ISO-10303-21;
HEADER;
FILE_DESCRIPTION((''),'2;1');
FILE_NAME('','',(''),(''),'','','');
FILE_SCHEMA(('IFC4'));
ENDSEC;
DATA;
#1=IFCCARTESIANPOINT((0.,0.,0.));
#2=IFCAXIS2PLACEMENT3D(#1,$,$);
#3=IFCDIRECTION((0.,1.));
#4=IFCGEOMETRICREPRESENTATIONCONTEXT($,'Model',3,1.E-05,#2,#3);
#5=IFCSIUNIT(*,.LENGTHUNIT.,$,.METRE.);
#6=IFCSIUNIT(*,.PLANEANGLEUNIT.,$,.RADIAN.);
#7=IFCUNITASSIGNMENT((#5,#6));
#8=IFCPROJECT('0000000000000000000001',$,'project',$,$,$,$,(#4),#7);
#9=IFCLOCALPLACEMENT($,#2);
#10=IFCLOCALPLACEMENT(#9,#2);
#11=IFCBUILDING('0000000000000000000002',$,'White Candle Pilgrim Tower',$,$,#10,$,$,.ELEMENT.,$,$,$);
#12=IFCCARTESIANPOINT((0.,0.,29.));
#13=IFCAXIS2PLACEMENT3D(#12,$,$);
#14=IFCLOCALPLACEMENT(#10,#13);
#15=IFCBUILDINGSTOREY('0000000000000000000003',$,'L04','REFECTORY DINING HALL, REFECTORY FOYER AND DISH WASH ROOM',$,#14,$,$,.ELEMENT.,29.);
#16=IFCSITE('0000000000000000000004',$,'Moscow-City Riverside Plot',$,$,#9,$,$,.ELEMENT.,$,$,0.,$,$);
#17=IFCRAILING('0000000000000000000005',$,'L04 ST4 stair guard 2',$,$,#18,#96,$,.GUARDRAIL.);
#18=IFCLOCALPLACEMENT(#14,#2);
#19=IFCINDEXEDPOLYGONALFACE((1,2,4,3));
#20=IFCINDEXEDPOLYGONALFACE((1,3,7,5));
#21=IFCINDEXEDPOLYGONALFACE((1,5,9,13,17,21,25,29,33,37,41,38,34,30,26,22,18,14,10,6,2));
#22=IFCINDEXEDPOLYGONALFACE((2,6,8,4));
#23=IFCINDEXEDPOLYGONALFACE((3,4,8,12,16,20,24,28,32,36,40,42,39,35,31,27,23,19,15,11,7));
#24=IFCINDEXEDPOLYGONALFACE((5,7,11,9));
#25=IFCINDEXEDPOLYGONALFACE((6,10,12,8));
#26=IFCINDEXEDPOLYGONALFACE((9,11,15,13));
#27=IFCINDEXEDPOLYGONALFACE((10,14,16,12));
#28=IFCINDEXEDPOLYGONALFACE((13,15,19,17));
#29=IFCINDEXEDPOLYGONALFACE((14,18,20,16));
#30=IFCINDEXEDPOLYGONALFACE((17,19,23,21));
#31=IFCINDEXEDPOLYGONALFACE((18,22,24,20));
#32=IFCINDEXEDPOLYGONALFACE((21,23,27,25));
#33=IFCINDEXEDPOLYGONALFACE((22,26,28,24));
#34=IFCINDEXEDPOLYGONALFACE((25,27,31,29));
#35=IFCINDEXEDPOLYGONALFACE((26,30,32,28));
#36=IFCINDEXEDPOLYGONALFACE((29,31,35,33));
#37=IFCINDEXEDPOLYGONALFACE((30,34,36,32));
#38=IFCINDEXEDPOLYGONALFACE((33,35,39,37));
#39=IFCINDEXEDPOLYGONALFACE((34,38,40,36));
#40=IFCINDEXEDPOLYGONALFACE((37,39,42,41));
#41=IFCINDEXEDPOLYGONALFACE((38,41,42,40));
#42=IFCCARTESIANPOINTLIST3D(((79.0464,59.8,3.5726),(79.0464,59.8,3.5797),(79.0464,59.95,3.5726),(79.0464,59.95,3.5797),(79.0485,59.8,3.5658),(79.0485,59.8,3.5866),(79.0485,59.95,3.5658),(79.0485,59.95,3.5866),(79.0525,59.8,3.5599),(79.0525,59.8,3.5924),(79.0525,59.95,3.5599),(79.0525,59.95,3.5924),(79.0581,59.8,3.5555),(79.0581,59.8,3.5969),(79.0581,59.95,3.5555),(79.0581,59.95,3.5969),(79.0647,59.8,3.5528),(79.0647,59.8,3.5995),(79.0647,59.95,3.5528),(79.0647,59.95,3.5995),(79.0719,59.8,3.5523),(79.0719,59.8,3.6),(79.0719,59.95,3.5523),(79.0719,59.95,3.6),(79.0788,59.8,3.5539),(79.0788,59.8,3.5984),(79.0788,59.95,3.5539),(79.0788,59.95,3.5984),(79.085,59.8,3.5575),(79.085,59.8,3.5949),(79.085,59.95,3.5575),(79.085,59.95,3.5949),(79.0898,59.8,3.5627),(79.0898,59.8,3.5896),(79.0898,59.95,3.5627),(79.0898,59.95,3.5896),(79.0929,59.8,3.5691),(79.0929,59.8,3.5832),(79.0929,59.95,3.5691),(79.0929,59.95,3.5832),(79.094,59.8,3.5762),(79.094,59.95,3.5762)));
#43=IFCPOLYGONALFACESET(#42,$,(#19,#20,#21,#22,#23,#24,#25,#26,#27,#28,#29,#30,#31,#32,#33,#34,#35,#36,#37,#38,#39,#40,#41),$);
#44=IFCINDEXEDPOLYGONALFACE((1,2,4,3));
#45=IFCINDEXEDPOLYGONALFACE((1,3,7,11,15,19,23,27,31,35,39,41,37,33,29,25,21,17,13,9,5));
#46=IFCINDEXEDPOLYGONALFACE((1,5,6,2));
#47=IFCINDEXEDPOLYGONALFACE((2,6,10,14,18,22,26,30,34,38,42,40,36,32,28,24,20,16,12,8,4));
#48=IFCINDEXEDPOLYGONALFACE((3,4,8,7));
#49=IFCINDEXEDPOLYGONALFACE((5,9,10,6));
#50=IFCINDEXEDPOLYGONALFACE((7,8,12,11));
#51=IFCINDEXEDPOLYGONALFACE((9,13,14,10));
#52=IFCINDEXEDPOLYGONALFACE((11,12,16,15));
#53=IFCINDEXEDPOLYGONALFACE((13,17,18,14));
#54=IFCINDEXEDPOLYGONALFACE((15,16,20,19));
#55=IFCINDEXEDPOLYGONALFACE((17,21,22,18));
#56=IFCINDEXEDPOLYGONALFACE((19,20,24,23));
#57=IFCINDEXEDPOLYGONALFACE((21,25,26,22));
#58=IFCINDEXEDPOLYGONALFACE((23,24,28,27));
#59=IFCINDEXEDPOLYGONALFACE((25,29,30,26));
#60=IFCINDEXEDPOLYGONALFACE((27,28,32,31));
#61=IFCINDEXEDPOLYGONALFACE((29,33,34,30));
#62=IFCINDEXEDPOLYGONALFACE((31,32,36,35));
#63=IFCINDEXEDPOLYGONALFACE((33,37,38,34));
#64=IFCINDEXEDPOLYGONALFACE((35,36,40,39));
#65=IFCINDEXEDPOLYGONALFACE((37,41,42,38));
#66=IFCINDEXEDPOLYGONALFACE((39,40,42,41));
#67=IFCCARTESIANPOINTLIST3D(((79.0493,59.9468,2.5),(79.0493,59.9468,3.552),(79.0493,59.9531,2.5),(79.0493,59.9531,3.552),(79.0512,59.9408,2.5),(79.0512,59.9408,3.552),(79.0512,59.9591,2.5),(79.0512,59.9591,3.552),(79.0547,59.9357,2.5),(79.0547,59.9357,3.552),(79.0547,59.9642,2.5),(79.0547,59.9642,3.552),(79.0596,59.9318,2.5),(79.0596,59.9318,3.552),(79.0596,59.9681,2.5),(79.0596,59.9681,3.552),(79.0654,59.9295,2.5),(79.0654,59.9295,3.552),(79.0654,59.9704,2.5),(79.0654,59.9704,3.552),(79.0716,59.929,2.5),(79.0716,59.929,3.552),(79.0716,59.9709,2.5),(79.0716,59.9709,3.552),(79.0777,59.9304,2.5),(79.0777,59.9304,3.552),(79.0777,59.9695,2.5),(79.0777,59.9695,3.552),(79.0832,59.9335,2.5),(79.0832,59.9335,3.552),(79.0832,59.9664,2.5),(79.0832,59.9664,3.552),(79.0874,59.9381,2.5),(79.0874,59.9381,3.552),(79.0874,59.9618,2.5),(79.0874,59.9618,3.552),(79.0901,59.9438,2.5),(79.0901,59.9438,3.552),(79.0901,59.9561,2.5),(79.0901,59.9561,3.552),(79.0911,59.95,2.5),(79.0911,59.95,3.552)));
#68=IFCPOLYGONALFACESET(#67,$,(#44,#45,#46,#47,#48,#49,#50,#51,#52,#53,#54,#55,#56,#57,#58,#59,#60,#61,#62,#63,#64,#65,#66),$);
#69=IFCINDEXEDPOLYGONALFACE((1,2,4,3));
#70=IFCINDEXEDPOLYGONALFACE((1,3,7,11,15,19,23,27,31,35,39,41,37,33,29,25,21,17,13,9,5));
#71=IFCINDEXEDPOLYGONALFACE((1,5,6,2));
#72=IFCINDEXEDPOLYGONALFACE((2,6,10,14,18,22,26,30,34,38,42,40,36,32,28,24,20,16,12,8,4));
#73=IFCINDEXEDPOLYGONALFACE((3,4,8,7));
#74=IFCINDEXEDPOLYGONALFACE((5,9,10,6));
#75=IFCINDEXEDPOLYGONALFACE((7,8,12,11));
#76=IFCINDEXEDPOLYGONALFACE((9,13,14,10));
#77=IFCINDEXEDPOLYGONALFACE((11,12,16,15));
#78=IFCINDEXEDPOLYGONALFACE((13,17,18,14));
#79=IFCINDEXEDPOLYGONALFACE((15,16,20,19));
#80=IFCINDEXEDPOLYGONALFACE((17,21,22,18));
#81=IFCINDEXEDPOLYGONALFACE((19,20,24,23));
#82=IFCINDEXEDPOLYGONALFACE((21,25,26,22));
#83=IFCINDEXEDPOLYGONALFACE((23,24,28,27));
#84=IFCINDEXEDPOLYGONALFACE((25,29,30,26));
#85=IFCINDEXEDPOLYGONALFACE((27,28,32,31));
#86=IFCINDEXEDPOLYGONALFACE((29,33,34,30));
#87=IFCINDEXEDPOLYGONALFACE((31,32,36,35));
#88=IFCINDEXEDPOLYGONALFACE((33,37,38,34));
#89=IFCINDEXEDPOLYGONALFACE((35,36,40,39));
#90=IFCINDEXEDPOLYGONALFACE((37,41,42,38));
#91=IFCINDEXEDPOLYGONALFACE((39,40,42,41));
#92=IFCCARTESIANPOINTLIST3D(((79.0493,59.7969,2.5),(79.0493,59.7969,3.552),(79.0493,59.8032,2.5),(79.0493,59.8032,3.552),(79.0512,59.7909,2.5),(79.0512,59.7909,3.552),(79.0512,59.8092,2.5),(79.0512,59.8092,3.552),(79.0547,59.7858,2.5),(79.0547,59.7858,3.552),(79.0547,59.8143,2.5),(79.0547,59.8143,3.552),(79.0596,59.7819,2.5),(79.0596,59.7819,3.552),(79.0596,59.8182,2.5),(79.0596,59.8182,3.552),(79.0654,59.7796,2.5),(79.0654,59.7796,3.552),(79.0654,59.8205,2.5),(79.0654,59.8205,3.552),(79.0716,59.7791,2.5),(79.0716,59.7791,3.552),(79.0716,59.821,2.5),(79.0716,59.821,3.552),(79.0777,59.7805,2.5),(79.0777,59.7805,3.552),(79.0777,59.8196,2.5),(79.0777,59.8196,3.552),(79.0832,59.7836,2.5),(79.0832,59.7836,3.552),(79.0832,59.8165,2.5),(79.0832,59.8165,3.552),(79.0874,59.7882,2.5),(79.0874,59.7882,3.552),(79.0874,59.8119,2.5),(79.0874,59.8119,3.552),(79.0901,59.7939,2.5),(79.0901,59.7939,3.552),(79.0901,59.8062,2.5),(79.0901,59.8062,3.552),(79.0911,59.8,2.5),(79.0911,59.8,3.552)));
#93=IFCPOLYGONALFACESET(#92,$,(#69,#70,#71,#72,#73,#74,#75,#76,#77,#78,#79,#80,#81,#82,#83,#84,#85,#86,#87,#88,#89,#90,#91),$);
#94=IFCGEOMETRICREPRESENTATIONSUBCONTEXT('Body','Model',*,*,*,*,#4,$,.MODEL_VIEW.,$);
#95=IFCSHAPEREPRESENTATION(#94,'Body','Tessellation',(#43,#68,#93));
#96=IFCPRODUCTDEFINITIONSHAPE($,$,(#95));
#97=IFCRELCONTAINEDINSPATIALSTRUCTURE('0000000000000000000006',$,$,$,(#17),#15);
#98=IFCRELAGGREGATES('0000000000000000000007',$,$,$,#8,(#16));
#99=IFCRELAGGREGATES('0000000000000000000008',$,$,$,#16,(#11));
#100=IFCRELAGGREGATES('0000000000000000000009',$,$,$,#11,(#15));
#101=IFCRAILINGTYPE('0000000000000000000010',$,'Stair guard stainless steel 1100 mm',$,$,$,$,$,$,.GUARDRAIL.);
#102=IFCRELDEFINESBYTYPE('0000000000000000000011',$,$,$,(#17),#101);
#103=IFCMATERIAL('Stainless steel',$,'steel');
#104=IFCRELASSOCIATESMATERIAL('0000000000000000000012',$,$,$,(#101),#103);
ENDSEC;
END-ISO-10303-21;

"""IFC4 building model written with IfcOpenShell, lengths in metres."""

from ifc_helpers import new_model, si_unit, direction, frame, origin, origin_2d, place, context, subcontext, project, spatial, circle, extrude, material, type_object, element, save


model = new_model("IFC4")

# Units and contexts
model_context = context("Model", 3, precision=1e-05, world=origin(), true_north=direction((0.0, 1.0)))
body_context = subcontext(model_context, "Body", "Model", "MODEL_VIEW")
ifc_project = project(units=[si_unit("LENGTHUNIT", "METRE"), si_unit("PLANEANGLEUNIT", "RADIAN")], contexts=[model_context])

# Site, building, storey
site_placement = place(None, origin())
site = spatial("IfcSite", under=ifc_project, at=site_placement, Name="Moscow-City Riverside Plot", CompositionType="ELEMENT", RefElevation=0.0)
building_placement = place(site_placement, origin())
building = spatial("IfcBuilding", under=site, at=building_placement, Name="White Candle Pilgrim Tower", CompositionType="ELEMENT")
storey_placement = place(building_placement, frame((0.0, 0.0, 29.0)))
storey = spatial("IfcBuildingStorey", under=building, at=storey_placement, Name="L04", Description="REFECTORY DINING HALL, REFECTORY FOYER AND DISH WASH ROOM", CompositionType="ELEMENT", Elevation=29.0)

# Railing
ifc_material_1 = material(Name="Stainless steel", Category="steel")
railing_type_1 = type_object("IfcRailingType", Name="Stair guard stainless steel 1100 mm", PredefinedType="GUARDRAIL", material=ifc_material_1)
railing_1_placement = place(storey_placement, frame((79.0701, 59.95, 2.5)))
element("IfcRailing", 1, at=railing_1_placement, inside=storey, type_object=railing_type_1, Name="L04 ST4 stair guard 2", PredefinedType="GUARDRAIL", context=body_context, shape_type="SweptSolid", body=[
    extrude(circle(Radius=0.0239, at=origin_2d()), frame((0.0, 0.0, 1.0762), z_axis=(0.0, -1.0, 0.0), x_axis=(1.0, 0.0, 0.0)), (0.0, 0.0, 1.0), 0.1499),
    extrude(circle(Radius=0.021, at=origin_2d()), origin(), (0.0, 0.0, 1.0), 1.052),
    extrude(circle(Radius=0.021, at=origin_2d()), frame((0.0, -0.1499, 0.0)), (0.0, 0.0, 1.0), 1.052),
])

save(model, "model.ifc")
